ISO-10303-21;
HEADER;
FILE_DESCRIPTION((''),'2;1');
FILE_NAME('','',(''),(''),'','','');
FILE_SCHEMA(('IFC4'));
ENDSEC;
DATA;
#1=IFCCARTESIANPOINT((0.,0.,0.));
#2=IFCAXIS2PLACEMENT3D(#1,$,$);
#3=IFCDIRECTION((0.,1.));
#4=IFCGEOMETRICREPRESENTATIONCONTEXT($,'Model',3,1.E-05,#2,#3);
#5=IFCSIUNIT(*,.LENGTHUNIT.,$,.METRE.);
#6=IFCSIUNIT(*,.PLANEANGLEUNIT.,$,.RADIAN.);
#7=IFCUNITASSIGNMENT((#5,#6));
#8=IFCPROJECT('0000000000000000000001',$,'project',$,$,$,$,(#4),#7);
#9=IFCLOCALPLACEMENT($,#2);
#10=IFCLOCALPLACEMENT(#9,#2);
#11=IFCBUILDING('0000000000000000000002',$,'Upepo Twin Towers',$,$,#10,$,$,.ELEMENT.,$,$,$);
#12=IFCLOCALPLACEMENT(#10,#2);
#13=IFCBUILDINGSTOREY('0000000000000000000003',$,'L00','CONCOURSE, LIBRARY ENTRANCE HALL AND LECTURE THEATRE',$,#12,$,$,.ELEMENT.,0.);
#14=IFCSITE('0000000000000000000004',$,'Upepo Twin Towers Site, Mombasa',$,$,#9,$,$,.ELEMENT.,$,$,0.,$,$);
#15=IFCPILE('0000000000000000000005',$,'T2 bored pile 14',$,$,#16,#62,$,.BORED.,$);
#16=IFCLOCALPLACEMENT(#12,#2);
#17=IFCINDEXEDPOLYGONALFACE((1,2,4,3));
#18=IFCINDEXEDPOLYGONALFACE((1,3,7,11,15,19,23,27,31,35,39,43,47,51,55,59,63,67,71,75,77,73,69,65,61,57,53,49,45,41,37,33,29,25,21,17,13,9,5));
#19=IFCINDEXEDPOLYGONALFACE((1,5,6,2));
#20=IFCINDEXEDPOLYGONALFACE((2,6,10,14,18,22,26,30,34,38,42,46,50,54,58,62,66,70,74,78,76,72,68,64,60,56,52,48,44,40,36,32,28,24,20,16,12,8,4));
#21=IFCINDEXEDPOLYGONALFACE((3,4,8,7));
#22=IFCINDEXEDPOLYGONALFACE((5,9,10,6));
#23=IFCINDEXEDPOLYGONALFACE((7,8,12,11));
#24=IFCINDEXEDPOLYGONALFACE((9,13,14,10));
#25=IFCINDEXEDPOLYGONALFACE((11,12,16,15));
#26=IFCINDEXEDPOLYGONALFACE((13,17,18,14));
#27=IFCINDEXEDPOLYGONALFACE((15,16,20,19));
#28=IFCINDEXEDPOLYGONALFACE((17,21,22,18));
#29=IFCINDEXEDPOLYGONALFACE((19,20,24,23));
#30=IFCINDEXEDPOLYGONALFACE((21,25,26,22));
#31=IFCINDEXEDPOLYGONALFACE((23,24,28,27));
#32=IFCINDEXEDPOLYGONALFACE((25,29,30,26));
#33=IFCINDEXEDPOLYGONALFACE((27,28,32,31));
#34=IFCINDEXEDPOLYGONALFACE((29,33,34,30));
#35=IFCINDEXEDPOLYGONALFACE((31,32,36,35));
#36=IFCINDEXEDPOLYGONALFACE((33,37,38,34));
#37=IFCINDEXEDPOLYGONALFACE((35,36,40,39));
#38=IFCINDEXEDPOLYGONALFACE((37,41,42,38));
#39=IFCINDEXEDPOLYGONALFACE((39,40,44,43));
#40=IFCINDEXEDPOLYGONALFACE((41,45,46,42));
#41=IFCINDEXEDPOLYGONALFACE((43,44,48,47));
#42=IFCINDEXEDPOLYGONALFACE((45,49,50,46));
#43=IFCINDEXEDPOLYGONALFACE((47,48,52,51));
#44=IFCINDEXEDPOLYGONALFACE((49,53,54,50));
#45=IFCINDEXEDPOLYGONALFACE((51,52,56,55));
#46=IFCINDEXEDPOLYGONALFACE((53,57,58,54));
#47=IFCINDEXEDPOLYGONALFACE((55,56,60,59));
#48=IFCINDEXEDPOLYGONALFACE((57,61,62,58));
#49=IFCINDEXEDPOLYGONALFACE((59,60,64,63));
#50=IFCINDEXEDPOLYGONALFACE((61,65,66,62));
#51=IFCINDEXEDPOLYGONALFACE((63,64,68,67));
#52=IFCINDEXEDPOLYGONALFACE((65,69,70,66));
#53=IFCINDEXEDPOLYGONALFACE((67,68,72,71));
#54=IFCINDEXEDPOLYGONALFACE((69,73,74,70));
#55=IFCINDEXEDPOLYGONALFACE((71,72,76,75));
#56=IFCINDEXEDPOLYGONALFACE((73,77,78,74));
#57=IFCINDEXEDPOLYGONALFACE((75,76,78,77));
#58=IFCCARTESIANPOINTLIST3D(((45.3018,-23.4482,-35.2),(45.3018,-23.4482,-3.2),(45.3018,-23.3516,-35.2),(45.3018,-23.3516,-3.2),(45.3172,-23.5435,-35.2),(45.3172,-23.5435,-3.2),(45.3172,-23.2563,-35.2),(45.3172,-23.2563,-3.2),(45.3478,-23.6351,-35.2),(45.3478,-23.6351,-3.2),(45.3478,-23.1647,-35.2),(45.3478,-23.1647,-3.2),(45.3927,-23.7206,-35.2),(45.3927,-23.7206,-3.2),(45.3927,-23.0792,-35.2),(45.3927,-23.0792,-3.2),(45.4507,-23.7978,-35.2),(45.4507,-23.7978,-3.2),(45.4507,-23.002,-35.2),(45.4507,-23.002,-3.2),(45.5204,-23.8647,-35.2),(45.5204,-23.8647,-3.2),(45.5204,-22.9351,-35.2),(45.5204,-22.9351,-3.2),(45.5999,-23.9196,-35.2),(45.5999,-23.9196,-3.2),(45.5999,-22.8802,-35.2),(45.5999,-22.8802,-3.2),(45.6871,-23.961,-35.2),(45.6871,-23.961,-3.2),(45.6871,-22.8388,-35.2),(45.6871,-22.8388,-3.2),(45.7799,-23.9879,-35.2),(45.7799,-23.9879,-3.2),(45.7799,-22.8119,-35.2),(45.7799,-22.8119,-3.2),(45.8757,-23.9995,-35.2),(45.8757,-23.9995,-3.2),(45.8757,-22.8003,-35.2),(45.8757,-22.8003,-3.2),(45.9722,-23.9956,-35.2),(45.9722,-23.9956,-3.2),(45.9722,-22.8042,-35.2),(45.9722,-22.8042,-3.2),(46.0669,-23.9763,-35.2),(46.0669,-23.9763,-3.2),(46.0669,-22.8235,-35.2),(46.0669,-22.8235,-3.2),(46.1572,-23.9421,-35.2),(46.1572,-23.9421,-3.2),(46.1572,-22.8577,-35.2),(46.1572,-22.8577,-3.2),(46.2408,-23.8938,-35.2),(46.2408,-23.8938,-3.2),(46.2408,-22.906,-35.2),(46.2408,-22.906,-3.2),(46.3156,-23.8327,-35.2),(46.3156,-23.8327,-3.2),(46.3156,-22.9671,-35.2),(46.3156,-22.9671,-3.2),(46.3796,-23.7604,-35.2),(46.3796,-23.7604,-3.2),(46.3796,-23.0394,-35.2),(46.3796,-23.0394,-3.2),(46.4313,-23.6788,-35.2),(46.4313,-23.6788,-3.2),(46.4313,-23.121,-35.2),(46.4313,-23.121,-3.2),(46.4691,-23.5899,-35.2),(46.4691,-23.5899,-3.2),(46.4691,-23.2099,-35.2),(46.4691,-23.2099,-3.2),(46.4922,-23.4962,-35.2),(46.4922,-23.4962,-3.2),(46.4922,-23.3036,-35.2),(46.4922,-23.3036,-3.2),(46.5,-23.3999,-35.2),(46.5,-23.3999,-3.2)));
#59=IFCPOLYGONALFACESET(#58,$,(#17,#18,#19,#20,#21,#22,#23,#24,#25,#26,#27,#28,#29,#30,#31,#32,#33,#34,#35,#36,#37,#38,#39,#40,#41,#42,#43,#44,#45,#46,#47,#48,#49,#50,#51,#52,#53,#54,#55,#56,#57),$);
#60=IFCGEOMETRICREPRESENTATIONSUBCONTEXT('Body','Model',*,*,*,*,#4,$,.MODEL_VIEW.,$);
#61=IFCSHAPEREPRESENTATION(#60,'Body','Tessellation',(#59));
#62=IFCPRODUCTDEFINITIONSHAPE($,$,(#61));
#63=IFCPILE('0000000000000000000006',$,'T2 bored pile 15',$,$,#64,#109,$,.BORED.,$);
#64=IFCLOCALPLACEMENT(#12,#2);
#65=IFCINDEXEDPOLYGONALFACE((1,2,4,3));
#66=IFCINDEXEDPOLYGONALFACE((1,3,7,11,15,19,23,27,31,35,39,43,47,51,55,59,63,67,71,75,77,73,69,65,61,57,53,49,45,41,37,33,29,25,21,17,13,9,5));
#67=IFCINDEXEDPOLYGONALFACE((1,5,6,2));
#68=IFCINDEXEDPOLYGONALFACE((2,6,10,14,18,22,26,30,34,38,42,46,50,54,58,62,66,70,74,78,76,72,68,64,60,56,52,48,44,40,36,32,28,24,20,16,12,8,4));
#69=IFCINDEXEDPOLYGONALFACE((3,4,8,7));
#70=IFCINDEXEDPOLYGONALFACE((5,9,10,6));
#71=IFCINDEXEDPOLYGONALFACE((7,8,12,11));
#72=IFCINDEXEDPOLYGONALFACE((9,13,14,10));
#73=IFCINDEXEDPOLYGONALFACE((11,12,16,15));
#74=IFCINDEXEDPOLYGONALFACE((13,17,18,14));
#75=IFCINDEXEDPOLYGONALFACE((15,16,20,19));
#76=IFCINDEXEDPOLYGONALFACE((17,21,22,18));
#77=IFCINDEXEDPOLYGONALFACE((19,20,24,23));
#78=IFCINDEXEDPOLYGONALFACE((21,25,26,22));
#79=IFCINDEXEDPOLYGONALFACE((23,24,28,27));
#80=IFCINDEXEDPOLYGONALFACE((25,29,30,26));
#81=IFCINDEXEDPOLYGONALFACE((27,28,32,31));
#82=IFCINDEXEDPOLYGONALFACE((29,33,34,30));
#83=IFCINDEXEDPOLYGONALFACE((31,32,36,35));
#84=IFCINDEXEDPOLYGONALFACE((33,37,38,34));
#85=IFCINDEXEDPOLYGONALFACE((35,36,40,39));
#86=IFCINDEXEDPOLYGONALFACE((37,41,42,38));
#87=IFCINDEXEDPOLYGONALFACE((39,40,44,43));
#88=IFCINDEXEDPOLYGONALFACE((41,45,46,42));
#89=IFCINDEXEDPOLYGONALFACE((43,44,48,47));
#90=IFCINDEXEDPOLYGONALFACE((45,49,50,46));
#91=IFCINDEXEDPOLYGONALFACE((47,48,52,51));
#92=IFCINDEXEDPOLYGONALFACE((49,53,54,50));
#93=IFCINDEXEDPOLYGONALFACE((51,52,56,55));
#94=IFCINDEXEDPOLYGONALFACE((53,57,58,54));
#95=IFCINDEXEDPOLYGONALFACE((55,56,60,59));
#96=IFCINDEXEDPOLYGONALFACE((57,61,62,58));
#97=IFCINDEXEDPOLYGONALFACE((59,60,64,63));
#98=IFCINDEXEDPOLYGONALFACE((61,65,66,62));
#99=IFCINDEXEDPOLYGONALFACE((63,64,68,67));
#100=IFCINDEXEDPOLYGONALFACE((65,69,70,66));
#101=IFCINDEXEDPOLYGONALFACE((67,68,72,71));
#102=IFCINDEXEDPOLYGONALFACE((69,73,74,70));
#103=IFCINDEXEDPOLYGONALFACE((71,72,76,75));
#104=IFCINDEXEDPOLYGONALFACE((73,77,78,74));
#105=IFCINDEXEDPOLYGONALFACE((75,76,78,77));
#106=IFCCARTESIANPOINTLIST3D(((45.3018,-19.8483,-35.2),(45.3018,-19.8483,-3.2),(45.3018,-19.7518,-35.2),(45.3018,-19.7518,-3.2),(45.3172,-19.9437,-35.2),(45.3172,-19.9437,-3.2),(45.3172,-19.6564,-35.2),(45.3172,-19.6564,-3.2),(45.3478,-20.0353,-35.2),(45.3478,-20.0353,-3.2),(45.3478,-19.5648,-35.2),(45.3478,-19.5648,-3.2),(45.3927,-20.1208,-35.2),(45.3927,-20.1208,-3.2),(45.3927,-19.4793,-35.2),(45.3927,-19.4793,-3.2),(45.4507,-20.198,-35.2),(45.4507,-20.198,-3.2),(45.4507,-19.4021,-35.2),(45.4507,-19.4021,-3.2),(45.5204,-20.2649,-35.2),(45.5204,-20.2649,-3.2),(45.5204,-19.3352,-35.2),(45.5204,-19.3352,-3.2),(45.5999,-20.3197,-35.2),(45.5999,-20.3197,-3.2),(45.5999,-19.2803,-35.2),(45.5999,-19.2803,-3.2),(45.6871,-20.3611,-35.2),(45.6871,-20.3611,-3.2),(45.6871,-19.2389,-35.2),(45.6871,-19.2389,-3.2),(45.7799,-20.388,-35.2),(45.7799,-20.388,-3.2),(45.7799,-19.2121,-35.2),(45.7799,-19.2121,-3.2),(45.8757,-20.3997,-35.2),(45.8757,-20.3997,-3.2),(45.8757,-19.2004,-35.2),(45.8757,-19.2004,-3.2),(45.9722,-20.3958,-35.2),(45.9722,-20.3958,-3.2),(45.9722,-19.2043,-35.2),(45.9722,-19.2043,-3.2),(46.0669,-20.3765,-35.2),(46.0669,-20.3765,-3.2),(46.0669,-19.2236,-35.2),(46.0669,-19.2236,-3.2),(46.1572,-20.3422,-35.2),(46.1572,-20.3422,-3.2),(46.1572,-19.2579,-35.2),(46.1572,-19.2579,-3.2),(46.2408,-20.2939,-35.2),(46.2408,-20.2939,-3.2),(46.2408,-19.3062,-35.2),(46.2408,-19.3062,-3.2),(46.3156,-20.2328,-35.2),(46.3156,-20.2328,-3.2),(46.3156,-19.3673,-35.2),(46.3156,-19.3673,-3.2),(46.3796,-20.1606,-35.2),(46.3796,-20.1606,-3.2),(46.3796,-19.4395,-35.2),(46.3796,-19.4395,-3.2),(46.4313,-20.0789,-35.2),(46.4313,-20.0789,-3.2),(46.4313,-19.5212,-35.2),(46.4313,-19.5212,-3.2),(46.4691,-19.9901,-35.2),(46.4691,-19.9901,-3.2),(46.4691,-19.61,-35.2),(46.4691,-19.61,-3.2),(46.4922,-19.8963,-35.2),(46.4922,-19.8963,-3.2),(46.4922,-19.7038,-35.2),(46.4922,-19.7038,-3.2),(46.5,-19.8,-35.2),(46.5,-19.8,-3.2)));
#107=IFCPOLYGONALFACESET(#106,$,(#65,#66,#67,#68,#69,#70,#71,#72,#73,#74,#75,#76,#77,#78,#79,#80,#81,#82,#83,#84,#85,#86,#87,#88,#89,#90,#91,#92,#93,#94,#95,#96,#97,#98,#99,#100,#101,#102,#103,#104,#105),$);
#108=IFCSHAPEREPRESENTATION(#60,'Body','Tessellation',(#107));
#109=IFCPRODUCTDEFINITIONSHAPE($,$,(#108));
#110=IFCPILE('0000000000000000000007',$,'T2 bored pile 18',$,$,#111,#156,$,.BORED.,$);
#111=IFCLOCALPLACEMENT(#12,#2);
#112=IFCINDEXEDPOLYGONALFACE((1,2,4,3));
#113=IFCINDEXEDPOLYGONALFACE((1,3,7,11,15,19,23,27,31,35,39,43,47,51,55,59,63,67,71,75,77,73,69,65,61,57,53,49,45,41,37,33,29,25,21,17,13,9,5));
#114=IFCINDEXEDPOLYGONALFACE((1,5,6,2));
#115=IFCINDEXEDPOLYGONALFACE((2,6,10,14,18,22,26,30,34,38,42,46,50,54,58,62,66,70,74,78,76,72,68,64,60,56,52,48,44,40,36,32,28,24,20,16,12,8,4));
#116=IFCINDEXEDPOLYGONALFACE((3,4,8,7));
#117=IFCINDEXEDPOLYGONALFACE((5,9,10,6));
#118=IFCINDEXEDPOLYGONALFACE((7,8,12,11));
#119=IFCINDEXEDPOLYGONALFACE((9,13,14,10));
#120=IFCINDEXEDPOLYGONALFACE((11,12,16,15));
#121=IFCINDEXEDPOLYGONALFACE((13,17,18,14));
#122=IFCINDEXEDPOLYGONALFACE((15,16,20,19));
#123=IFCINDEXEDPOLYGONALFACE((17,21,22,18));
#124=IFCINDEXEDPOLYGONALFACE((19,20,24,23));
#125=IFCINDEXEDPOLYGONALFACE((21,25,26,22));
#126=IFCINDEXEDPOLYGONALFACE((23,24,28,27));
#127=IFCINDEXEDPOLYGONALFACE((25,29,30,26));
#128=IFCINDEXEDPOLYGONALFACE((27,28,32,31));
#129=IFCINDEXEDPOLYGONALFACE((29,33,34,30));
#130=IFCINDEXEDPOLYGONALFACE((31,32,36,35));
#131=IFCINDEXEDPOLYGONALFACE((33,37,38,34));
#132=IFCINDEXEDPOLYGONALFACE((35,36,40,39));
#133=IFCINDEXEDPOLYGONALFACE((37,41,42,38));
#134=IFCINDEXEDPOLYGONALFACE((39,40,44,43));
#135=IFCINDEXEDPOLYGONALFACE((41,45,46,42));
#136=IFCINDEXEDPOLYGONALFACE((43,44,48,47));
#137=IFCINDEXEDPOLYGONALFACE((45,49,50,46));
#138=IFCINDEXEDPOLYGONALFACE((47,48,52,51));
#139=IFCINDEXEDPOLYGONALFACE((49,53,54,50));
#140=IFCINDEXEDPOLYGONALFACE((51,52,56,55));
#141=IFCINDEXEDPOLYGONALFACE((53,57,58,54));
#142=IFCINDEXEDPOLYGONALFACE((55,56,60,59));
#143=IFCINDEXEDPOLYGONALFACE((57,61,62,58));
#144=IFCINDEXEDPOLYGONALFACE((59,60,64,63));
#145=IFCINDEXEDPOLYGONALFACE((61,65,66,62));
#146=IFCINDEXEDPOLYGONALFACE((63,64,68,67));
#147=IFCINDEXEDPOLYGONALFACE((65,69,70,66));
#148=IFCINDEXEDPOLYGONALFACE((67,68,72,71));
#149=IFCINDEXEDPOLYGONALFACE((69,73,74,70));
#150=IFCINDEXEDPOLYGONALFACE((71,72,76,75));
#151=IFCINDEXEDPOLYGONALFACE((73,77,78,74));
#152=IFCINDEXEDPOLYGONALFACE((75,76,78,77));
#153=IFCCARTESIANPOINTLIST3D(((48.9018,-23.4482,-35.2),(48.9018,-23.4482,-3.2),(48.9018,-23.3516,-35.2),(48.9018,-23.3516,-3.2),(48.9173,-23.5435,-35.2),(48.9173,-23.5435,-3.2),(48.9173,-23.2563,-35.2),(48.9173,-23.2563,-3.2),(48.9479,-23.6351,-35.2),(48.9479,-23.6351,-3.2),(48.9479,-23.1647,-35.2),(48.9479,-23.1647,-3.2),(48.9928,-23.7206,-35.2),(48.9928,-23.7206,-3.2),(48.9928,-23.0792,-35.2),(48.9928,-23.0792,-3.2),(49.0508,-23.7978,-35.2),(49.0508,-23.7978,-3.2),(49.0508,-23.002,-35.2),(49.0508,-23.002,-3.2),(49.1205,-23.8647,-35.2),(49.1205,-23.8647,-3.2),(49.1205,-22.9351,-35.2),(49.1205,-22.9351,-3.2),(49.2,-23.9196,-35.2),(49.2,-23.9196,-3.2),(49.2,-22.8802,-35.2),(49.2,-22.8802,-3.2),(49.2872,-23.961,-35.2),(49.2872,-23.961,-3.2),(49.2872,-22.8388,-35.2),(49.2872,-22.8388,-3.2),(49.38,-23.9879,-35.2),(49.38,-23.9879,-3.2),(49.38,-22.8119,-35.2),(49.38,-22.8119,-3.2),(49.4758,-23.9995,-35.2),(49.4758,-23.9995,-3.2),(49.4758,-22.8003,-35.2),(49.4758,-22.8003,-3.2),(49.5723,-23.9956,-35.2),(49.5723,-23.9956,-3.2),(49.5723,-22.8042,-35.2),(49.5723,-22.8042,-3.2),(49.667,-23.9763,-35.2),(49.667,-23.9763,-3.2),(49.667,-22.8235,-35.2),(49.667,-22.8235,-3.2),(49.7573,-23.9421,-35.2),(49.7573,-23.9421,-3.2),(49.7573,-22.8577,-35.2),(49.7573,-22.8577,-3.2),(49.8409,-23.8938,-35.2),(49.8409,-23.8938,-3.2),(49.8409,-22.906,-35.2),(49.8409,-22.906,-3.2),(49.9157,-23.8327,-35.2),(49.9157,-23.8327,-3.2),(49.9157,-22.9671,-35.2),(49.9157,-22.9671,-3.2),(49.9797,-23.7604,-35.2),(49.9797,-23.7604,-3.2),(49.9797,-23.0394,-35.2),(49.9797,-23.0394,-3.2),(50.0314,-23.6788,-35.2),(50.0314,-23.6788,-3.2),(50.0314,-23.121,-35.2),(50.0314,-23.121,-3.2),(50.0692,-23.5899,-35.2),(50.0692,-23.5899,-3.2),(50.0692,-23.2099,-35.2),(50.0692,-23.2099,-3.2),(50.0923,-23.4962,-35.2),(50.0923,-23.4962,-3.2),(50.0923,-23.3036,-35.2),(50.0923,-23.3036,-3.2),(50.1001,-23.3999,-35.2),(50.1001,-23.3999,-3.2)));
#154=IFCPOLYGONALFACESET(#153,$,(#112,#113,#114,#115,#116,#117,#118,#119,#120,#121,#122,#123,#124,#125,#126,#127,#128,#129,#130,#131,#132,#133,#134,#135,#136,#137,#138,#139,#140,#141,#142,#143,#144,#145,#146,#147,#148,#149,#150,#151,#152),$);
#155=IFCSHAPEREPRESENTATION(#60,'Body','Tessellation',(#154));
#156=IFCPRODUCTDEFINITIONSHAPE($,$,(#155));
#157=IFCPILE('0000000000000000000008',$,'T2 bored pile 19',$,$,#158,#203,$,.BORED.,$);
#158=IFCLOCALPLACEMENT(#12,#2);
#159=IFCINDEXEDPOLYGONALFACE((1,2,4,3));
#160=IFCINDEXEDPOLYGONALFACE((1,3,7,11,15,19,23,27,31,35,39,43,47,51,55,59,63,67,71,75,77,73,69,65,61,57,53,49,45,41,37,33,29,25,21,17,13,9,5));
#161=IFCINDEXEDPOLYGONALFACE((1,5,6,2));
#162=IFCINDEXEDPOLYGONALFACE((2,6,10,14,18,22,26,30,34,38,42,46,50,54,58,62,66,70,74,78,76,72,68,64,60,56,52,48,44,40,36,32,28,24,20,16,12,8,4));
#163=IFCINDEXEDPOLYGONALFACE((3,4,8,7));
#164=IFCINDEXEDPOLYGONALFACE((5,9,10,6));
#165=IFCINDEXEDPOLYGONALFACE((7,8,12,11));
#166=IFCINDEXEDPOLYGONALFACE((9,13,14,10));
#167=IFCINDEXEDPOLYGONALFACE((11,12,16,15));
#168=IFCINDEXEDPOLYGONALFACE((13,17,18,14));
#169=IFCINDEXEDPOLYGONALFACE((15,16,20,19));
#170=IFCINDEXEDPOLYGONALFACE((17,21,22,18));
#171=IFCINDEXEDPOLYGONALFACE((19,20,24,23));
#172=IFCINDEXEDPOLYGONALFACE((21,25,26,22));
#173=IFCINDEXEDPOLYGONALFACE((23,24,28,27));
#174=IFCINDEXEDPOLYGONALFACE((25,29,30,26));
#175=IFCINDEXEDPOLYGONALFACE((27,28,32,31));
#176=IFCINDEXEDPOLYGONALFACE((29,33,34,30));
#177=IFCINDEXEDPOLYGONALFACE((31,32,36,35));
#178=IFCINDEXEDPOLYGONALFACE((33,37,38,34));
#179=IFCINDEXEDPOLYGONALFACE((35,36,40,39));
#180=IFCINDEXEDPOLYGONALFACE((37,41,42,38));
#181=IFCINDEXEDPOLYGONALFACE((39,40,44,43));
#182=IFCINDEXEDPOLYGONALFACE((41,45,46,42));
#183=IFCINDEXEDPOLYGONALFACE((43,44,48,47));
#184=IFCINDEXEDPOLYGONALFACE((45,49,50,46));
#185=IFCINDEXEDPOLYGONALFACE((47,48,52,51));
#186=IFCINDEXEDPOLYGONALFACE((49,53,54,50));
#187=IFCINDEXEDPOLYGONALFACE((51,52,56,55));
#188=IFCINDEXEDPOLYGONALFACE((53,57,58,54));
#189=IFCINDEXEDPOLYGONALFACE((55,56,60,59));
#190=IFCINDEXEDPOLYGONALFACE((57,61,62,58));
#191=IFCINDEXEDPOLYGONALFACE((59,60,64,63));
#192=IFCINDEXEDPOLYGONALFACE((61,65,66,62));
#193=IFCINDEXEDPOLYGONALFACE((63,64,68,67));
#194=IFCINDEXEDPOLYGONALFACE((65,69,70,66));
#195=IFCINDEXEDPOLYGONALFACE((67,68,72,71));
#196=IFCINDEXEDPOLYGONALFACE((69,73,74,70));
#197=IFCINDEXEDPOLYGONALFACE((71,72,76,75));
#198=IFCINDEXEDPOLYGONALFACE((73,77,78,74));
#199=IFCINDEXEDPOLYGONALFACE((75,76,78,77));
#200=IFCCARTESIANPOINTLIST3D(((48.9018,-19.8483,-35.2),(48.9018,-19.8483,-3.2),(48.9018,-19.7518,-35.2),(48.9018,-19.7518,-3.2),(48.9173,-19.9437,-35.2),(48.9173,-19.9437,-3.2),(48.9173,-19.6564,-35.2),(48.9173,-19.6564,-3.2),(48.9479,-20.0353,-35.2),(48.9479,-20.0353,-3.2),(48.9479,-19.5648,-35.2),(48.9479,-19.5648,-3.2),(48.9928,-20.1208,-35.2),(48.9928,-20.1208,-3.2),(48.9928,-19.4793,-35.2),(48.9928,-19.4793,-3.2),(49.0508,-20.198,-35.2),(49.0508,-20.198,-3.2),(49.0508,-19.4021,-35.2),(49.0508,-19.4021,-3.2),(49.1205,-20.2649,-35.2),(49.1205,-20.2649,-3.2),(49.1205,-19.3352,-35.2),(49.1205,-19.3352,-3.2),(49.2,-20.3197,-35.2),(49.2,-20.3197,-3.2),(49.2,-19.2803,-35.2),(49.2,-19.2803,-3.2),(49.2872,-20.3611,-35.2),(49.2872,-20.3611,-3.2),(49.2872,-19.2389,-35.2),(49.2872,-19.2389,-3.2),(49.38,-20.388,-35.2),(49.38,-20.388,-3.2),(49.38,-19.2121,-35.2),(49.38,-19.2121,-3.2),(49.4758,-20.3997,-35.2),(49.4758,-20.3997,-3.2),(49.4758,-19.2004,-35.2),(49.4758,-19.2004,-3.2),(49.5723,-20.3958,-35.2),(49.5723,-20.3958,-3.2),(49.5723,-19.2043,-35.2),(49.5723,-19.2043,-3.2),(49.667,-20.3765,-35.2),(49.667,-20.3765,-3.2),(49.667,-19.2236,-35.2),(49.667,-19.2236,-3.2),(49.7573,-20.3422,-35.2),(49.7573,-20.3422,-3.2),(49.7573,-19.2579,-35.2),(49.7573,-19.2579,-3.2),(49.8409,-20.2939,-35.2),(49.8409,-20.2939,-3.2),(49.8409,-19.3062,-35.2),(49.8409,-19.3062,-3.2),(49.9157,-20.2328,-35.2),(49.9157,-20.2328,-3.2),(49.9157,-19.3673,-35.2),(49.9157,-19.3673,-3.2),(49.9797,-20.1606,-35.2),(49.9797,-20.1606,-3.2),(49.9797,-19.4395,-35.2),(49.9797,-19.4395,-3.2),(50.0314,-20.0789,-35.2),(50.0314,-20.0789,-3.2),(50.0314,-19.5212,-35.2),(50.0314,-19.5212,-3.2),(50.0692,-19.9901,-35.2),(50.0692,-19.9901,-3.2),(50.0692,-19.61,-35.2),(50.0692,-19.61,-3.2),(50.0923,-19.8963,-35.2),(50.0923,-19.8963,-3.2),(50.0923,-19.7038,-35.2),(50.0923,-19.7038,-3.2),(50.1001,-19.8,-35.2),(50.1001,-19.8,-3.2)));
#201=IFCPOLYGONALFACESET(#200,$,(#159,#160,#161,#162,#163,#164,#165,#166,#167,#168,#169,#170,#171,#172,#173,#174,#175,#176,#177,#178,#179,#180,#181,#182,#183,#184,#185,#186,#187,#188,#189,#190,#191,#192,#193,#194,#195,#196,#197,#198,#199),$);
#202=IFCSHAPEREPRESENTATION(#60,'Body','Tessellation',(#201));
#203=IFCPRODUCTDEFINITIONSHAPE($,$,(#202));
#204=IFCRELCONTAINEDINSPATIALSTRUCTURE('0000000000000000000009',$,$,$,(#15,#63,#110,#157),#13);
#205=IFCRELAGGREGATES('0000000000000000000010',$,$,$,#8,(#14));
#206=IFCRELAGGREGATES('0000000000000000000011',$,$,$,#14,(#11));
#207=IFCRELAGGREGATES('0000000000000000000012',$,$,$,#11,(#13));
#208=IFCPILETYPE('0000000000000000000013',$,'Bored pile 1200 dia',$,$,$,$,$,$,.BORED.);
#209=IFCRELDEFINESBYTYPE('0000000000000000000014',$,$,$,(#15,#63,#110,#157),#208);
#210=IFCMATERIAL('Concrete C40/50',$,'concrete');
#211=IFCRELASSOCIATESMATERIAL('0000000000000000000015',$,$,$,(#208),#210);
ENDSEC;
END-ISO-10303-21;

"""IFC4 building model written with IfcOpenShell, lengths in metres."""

from ifc_helpers import new_model, si_unit, direction, frame, origin, origin_2d, place, context, subcontext, project, spatial, circle, extrude, material, type_object, element, save


model = new_model("IFC4")

# Units and contexts
model_context = context("Model", 3, precision=1e-05, world=origin(), true_north=direction((0.0, 1.0)))
body_context = subcontext(model_context, "Body", "Model", "MODEL_VIEW")
ifc_project = project(units=[si_unit("LENGTHUNIT", "METRE"), si_unit("PLANEANGLEUNIT", "RADIAN")], contexts=[model_context])

# Site, building, storey
site_placement = place(None, origin())
site = spatial("IfcSite", under=ifc_project, at=site_placement, Name="Upepo Twin Towers Site, Mombasa", CompositionType="ELEMENT", RefElevation=0.0)
building_placement = place(site_placement, origin())
building = spatial("IfcBuilding", under=site, at=building_placement, Name="Upepo Twin Towers", CompositionType="ELEMENT")
storey_placement = place(building_placement, origin())
storey = spatial("IfcBuildingStorey", under=building, at=storey_placement, Name="L00", Description="CONCOURSE, LIBRARY ENTRANCE HALL AND LECTURE THEATRE", CompositionType="ELEMENT", Elevation=0.0)

# Piles
ifc_material_1 = material(Name="Concrete C40/50", Category="concrete")
pile_type = type_object("IfcPileType", Name="Bored pile 1200 dia", PredefinedType="BORED", material=ifc_material_1)
for number, where, z_axis, x_axis, name in (
    (1, (45.8999, -23.3999, -3.2), (0.0, 0.0, -1.0), (1.0, 0.0, 0.0), "T2 bored pile 14"),
    (2, (45.8999, -19.8, -3.2), (0.0, 0.0, -1.0), (1.0, 0.0, 0.0), "T2 bored pile 15"),
    (3, (49.5, -23.3999, -3.2), (0.0, 0.0, -1.0), (1.0, 0.0, 0.0), "T2 bored pile 18"),
    (4, (49.5, -19.8, -3.2), (0.0, 0.0, -1.0), (1.0, 0.0, 0.0), "T2 bored pile 19"),
):
    element("IfcPile", number, at=place(storey_placement, frame(where, z_axis=z_axis, x_axis=x_axis)), inside=storey, type_object=pile_type, Name=name, PredefinedType="BORED", context=body_context, shape_type="SweptSolid", body=[
        extrude(circle(Radius=0.6001, at=origin_2d()), origin(), (0.0, 0.0, 1.0), 32.0),
    ])

save(model, "model.ifc")
